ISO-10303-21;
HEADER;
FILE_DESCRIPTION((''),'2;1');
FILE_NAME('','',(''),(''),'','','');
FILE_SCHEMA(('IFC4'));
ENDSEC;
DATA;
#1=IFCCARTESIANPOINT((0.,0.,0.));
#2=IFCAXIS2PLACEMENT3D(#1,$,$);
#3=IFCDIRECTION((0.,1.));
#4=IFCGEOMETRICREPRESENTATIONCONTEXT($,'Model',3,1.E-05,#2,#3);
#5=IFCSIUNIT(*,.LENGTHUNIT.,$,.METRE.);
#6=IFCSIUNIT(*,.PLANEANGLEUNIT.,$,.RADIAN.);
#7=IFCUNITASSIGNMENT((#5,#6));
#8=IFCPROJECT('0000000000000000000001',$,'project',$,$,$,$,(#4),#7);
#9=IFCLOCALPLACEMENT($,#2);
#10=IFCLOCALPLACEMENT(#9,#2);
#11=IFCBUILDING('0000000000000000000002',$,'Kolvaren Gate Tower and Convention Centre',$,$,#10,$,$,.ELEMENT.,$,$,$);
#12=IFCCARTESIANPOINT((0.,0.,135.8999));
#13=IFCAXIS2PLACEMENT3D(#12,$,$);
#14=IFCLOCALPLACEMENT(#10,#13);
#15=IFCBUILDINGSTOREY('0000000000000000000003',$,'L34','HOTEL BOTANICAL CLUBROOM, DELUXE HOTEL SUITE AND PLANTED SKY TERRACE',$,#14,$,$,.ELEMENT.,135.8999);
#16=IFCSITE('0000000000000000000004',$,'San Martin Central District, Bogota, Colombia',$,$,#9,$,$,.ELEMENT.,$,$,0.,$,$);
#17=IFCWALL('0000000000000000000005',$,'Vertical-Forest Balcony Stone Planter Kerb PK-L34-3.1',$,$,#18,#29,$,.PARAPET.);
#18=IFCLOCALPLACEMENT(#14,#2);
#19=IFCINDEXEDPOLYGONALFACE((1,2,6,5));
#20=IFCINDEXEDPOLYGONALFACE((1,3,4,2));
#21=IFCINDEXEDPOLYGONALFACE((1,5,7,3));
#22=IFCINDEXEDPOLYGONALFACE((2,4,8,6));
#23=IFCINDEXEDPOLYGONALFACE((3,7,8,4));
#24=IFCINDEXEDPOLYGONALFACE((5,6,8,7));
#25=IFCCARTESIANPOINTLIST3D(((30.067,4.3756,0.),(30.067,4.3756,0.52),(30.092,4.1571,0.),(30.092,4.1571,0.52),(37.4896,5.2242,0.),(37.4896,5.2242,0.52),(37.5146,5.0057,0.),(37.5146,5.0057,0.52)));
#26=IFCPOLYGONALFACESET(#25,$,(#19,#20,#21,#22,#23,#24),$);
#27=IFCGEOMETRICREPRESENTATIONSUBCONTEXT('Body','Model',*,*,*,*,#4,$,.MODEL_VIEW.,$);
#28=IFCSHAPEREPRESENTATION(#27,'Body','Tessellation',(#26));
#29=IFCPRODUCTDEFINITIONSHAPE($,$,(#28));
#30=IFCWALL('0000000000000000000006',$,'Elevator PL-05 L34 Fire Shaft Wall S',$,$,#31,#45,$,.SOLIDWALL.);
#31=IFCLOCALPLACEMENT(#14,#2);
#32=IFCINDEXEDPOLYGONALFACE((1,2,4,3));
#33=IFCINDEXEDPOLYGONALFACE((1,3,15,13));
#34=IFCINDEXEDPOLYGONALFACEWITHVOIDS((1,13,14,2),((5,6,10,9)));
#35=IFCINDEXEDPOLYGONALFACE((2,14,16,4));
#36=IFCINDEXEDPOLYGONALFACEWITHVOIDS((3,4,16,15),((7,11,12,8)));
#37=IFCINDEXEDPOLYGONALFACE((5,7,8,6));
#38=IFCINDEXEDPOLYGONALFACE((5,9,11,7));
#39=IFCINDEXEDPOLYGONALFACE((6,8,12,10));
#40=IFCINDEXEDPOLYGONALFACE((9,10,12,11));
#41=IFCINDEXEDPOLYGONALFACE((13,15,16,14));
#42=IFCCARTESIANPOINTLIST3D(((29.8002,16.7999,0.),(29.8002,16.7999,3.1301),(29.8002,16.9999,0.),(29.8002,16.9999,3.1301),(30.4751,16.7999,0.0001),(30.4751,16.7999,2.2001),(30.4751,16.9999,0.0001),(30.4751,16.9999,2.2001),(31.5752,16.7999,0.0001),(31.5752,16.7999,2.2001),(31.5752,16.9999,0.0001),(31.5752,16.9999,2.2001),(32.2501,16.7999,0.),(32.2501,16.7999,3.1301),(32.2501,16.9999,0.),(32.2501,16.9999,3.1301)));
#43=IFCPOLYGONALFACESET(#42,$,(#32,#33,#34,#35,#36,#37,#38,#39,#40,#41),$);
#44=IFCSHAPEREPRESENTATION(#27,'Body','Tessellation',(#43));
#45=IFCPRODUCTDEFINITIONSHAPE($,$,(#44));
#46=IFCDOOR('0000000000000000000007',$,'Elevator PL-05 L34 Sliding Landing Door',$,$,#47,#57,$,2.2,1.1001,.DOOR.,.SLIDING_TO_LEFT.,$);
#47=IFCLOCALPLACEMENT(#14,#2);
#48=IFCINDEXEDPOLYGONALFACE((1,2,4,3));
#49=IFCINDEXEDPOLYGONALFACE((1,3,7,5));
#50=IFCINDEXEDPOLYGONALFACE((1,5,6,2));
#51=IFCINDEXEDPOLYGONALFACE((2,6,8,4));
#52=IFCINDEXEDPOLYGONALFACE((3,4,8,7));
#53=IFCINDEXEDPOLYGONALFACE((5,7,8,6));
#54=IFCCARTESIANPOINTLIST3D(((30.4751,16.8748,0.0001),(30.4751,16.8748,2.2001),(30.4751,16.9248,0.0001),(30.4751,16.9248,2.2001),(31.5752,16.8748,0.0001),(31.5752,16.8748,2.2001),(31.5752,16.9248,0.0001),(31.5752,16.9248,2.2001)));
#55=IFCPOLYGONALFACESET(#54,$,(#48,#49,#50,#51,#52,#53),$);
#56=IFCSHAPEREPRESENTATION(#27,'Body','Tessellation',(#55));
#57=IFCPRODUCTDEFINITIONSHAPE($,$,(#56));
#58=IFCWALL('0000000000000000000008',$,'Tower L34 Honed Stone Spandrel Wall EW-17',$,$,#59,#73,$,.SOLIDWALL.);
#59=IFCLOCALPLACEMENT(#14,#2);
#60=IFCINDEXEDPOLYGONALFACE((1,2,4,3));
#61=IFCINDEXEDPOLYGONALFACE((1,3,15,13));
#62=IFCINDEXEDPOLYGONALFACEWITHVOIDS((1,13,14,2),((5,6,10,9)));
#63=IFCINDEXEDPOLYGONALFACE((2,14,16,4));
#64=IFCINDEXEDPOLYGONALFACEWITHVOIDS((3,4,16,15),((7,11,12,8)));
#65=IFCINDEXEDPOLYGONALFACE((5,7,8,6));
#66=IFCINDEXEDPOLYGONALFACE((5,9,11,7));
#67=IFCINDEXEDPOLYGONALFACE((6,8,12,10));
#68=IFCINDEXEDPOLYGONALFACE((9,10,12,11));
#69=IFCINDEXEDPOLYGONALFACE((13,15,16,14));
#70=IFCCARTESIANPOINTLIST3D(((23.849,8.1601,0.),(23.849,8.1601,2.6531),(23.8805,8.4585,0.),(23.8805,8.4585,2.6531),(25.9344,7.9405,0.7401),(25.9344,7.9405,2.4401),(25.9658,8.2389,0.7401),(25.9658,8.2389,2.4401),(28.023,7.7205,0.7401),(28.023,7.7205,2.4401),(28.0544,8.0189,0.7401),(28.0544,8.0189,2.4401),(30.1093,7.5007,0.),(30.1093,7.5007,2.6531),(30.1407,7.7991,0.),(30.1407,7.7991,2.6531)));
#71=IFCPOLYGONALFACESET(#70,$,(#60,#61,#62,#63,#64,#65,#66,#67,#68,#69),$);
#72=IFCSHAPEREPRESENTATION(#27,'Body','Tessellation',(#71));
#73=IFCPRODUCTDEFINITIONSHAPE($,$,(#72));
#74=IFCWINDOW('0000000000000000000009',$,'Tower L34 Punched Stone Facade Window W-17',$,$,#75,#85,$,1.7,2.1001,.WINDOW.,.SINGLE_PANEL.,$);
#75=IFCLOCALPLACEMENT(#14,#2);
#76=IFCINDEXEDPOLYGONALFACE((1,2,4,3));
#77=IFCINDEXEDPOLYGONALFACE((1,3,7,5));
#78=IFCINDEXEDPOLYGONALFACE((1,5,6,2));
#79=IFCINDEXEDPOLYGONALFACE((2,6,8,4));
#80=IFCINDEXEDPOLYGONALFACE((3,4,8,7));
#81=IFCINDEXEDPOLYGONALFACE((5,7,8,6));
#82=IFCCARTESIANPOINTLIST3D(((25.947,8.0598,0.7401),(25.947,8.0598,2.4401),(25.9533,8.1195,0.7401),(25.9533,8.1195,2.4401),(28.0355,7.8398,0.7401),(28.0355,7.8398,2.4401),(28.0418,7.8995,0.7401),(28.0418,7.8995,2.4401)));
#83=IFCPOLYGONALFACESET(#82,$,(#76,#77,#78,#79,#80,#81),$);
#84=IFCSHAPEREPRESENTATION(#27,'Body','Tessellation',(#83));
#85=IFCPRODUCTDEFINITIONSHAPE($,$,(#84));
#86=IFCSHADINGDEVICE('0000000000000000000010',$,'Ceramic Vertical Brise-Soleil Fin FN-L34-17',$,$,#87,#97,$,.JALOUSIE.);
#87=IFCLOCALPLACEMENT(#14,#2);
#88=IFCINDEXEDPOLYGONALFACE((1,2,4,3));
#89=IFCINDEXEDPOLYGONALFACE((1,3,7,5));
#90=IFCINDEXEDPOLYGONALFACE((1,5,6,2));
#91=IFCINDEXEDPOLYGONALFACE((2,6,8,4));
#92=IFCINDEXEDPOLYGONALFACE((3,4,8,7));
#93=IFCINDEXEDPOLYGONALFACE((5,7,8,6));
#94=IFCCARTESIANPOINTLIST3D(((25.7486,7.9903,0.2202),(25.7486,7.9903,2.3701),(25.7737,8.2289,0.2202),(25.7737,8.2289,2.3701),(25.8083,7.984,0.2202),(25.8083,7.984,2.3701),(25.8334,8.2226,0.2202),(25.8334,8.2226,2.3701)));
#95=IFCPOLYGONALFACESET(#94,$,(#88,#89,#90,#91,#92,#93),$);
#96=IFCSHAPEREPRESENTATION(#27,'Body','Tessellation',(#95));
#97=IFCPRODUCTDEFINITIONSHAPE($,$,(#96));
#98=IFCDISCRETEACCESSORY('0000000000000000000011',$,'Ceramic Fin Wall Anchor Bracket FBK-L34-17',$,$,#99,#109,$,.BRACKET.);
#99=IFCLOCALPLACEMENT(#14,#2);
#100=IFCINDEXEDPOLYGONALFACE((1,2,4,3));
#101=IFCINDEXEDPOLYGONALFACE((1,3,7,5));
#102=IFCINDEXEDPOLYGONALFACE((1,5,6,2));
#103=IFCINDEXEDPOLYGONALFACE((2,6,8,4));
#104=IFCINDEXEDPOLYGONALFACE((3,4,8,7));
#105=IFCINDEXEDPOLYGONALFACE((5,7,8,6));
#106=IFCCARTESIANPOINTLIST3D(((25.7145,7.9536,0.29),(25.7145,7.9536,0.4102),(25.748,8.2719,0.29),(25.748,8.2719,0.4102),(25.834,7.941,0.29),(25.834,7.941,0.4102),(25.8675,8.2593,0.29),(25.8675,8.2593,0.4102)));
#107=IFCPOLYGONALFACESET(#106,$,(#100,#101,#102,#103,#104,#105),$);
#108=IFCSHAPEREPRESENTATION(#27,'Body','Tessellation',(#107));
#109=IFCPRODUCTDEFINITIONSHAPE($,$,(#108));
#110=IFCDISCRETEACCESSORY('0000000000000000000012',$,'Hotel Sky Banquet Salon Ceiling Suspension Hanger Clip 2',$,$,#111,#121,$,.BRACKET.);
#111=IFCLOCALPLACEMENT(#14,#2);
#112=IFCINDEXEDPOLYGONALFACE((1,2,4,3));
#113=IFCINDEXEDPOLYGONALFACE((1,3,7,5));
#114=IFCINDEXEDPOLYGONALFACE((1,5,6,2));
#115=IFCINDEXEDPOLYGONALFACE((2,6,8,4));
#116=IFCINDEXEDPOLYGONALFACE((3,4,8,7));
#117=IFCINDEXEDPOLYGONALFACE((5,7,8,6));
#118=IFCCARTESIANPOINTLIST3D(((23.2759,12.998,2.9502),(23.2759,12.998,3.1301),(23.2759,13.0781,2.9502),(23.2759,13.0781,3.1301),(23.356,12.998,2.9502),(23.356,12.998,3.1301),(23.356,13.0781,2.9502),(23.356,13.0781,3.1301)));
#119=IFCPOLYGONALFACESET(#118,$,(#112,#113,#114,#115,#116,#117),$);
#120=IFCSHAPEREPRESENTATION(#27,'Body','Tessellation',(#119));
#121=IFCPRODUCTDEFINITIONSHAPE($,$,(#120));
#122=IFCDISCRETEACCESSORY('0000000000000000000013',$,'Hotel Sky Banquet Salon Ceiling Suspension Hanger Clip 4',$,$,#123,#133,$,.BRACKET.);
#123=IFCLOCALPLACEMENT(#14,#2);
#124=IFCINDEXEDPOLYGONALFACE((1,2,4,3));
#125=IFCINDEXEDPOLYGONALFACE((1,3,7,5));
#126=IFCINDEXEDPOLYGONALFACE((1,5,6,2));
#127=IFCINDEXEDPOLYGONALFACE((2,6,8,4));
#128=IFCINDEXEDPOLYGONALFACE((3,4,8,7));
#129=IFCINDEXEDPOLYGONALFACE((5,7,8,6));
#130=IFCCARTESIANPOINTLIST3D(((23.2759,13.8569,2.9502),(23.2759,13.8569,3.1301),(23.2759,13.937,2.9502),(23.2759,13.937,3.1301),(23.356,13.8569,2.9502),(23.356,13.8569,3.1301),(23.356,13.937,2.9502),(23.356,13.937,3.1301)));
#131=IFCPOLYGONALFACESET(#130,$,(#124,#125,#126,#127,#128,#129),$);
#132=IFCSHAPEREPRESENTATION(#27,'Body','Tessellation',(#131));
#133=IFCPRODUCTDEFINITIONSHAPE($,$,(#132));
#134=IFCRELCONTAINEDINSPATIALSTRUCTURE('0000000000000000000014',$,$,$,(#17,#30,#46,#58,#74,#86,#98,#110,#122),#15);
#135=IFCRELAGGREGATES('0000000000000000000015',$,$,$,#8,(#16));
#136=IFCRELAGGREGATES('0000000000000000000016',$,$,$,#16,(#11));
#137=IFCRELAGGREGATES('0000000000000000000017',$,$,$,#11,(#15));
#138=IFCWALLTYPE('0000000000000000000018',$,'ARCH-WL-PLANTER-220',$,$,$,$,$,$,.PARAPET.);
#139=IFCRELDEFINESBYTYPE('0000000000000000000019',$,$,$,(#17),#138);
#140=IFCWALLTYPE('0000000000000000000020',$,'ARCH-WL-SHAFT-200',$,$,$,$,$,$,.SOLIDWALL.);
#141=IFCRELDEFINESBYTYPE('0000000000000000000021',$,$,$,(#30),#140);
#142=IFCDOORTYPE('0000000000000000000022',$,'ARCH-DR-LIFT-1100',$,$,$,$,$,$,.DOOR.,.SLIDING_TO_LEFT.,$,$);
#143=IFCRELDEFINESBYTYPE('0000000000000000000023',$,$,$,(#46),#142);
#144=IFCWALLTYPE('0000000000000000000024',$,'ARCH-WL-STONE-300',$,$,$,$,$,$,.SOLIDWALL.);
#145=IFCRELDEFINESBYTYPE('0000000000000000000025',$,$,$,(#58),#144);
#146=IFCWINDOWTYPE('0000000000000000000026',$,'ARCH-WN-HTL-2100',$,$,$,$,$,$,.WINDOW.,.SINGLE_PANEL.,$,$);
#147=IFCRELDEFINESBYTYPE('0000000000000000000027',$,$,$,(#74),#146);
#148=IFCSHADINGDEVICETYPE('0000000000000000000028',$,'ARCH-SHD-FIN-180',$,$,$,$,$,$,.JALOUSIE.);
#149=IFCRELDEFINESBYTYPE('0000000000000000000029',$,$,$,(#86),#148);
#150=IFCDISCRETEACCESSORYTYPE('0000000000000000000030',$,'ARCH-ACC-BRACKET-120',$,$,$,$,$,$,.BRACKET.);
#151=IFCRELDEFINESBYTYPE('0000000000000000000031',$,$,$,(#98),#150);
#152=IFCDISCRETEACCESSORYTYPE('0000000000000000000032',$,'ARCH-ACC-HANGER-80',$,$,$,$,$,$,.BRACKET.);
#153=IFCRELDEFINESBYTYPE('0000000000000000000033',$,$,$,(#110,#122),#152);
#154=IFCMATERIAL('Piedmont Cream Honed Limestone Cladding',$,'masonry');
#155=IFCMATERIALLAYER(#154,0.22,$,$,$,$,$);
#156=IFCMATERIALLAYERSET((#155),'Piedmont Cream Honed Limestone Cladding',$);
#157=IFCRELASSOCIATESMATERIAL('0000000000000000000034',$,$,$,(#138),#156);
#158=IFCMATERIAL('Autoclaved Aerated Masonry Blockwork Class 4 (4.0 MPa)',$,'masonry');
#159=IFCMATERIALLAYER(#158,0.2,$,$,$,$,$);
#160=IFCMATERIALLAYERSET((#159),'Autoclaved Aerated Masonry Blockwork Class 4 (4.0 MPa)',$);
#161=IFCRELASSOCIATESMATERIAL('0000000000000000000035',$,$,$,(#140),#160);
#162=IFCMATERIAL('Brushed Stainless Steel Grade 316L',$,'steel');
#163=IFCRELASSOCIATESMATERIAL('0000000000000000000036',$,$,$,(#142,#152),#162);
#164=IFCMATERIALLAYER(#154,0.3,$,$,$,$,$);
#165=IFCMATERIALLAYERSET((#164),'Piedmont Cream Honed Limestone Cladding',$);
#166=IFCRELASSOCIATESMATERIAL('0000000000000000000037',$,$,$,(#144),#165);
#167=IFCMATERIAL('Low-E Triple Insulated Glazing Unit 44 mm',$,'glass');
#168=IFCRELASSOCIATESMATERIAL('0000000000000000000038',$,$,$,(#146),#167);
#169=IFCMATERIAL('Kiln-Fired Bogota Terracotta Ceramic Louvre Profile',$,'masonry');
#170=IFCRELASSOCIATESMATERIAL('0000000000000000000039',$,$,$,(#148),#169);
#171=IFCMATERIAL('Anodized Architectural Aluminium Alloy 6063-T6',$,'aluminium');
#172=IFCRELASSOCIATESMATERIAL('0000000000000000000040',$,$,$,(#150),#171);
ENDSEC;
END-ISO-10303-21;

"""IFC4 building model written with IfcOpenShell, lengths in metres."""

from ifc_helpers import new_model, si_unit, direction, frame, frame_2d, origin, origin_2d, place, context, subcontext, project, spatial, rectangle, extrude, material, layer, layer_set, type_object, element, fill, save


model = new_model("IFC4")

# Units and contexts
model_context = context("Model", 3, precision=1e-05, world=origin(), true_north=direction((0.0, 1.0)))
body_context = subcontext(model_context, "Body", "Model", "MODEL_VIEW")
ifc_project = project(units=[si_unit("LENGTHUNIT", "METRE"), si_unit("PLANEANGLEUNIT", "RADIAN")], contexts=[model_context])

# Site, building, storey
site_placement = place(None, origin())
site = spatial("IfcSite", under=ifc_project, at=site_placement, Name="San Martin Central District, Bogota, Colombia", CompositionType="ELEMENT", RefElevation=0.0)
building_placement = place(site_placement, origin())
building = spatial("IfcBuilding", under=site, at=building_placement, Name="Kolvaren Gate Tower and Convention Centre", CompositionType="ELEMENT")
storey_placement = place(building_placement, frame((0.0, 0.0, 135.8999)))
storey = spatial("IfcBuildingStorey", under=building, at=storey_placement, Name="L34", Description="HOTEL BOTANICAL CLUBROOM, DELUXE HOTEL SUITE AND PLANTED SKY TERRACE", CompositionType="ELEMENT", Elevation=135.8999)

# Wall
ifc_material_1 = material(Name="Piedmont Cream Honed Limestone Cladding", Category="masonry")
ifc_layer_1 = layer(ifc_material_1, 0.22)
ifc_layer_set_1 = layer_set([ifc_layer_1], Name="Piedmont Cream Honed Limestone Cladding")
wall_type_1 = type_object("IfcWallType", Name="ARCH-WL-PLANTER-220", PredefinedType="PARAPET", material=ifc_layer_set_1)
wall_1_placement = place(storey_placement, frame((30.0796, 4.2664, 0.0), z_axis=(0.0, 0.0, 1.0), x_axis=(0.993528, 0.113591, 0.0)))
element("IfcWall", 1, at=wall_1_placement, inside=storey, type_object=wall_type_1, Name="Vertical-Forest Balcony Stone Planter Kerb PK-L34-3.1", PredefinedType="PARAPET", context=body_context, shape_type="SweptSolid", body=[
    extrude(rectangle(XDim=7.4709, YDim=0.22, at=frame_2d((3.7354, 0.0))), origin(), (0.0, 0.0, 1.0), 0.52),
])

# Wall, opening, door
ifc_material_2 = material(Name="Autoclaved Aerated Masonry Blockwork Class 4 (4.0 MPa)", Category="masonry")
ifc_layer_2 = layer(ifc_material_2, 0.2)
ifc_layer_set_2 = layer_set([ifc_layer_2], Name="Autoclaved Aerated Masonry Blockwork Class 4 (4.0 MPa)")
wall_type_2 = type_object("IfcWallType", Name="ARCH-WL-SHAFT-200", PredefinedType="SOLIDWALL", material=ifc_layer_set_2)
wall_2_placement = place(storey_placement, frame((29.8, 16.8999, 0.0), z_axis=(0.0, 0.0, 1.0), x_axis=(1.0, 0.0, 0.0)))
wall_2 = element("IfcWall", 2, at=wall_2_placement, inside=storey, type_object=wall_type_2, Name="Elevator PL-05 L34 Fire Shaft Wall S", PredefinedType="SOLIDWALL", context=body_context, shape_type="SweptSolid", body=[
    extrude(rectangle(XDim=2.45, YDim=0.2, at=frame_2d((1.2251, 0.0))), origin(), (0.0, 0.0, 1.0), 3.1301),
])
opening_1_placement = place(wall_2_placement, frame((0.675, 0.0, 0.0)))
opening_1 = element("IfcOpeningElement", 3, at=opening_1_placement, cuts=wall_2, PredefinedType="OPENING", context=body_context, shape_type="SweptSolid", body=[
    extrude(rectangle(XDim=1.1001, YDim=2.2, at=frame_2d((0.55, 1.1001))), frame((0.0, 0.1099, 0.0), z_axis=(0.0, -1.0, 0.0), x_axis=(1.0, 0.0, 0.0)), (0.0, 0.0, 1.0), 0.22),
])
ifc_material_3 = material(Name="Brushed Stainless Steel Grade 316L", Category="steel")
door_type_1 = type_object("IfcDoorType", Name="ARCH-DR-LIFT-1100", OperationType="SLIDING_TO_LEFT", PredefinedType="DOOR", material=ifc_material_3)
door_1_placement = place(opening_1_placement, origin())
door_1 = element("IfcDoor", 4, at=door_1_placement, inside=storey, type_object=door_type_1, Name="Elevator PL-05 L34 Sliding Landing Door", OperationType="SLIDING_TO_LEFT", OverallHeight=2.2, OverallWidth=1.1001, PredefinedType="DOOR", context=body_context, shape_type="SweptSolid", body=[
    extrude(rectangle(XDim=1.1001, YDim=2.2, at=frame_2d((0.55, 1.1001))), frame((0.0, 0.0249, 0.0), z_axis=(0.0, -1.0, 0.0), x_axis=(1.0, 0.0, 0.0)), (0.0, 0.0, 1.0), 0.05),
])
fill(opening_1, door_1)

# Wall, opening, window
ifc_layer_3 = layer(ifc_material_1, 0.3)
ifc_layer_set_3 = layer_set([ifc_layer_3], Name="Piedmont Cream Honed Limestone Cladding")
wall_type_3 = type_object("IfcWallType", Name="ARCH-WL-STONE-300", PredefinedType="SOLIDWALL", material=ifc_layer_set_3)
wall_3_placement = place(storey_placement, frame((23.8647, 8.3093, 0.0), z_axis=(0.0, 0.0, 1.0), x_axis=(0.994498, -0.104755, 0.0)))
wall_3 = element("IfcWall", 5, at=wall_3_placement, inside=storey, type_object=wall_type_3, Name="Tower L34 Honed Stone Spandrel Wall EW-17", PredefinedType="SOLIDWALL", context=body_context, shape_type="SweptSolid", body=[
    extrude(rectangle(XDim=6.2949, YDim=0.3, at=frame_2d((3.1475, 0.0))), origin(), (0.0, 0.0, 1.0), 2.6531),
])
opening_2_placement = place(wall_3_placement, frame((2.0969, 0.0, 0.74)))
opening_2 = element("IfcOpeningElement", 6, at=opening_2_placement, cuts=wall_3, PredefinedType="OPENING", context=body_context, shape_type="SweptSolid", body=[
    extrude(rectangle(XDim=2.1001, YDim=1.7, at=frame_2d((1.05, 0.8501))), frame((0.0, 0.1599, 0.0), z_axis=(0.0, -1.0, 0.0), x_axis=(1.0, 0.0, 0.0)), (0.0, 0.0, 1.0), 0.3201),
])
ifc_material_4 = material(Name="Low-E Triple Insulated Glazing Unit 44 mm", Category="glass")
window_type = type_object("IfcWindowType", Name="ARCH-WN-HTL-2100", PartitioningType="SINGLE_PANEL", PredefinedType="WINDOW", material=ifc_material_4)
window_placement = place(opening_2_placement, origin())
window = element("IfcWindow", 7, at=window_placement, inside=storey, type_object=window_type, Name="Tower L34 Punched Stone Facade Window W-17", OverallHeight=1.7, OverallWidth=2.1001, PartitioningType="SINGLE_PANEL", PredefinedType="WINDOW", context=body_context, shape_type="SweptSolid", body=[
    extrude(rectangle(XDim=2.1001, YDim=1.7, at=frame_2d((1.05, 0.8501))), frame((0.0, 0.03, 0.0), z_axis=(0.0, -1.0, 0.0), x_axis=(1.0, 0.0, 0.0)), (0.0, 0.0, 1.0), 0.0601),
])
fill(opening_2, window)

# Shading device
ifc_material_5 = material(Name="Kiln-Fired Bogota Terracotta Ceramic Louvre Profile", Category="masonry")
shading_device_type = type_object("IfcShadingDeviceType", Name="ARCH-SHD-FIN-180", PredefinedType="JALOUSIE", material=ifc_material_5)
shading_device_placement = place(storey_placement, frame((25.791, 8.1064, 0.2202), z_axis=(0.0, 0.0, 1.0), x_axis=(0.9945, -0.104737, 0.0)))
element("IfcShadingDevice", 8, at=shading_device_placement, inside=storey, type_object=shading_device_type, Name="Ceramic Vertical Brise-Soleil Fin FN-L34-17", PredefinedType="JALOUSIE", context=body_context, shape_type="SweptSolid", body=[
    extrude(rectangle(XDim=0.0601, YDim=0.24, at=origin_2d()), origin(), (0.0, 0.0, 1.0), 2.1499),
])

# Discrete accessories
ifc_material_6 = material(Name="Anodized Architectural Aluminium Alloy 6063-T6", Category="aluminium")
discrete_accessory_type_1 = type_object("IfcDiscreteAccessoryType", Name="ARCH-ACC-BRACKET-120", PredefinedType="BRACKET", material=ifc_material_6)
discrete_accessory_placement = place(storey_placement, frame((25.791, 8.1064, 0.29), z_axis=(0.0, 0.0, 1.0), x_axis=(0.9945, -0.104737, 0.0)))
element("IfcDiscreteAccessory", 9, at=discrete_accessory_placement, inside=storey, type_object=discrete_accessory_type_1, Name="Ceramic Fin Wall Anchor Bracket FBK-L34-17", PredefinedType="BRACKET", context=body_context, shape_type="SweptSolid", body=[
    extrude(rectangle(XDim=0.1201, YDim=0.3201, at=origin_2d()), origin(), (0.0, 0.0, 1.0), 0.1201),
])
discrete_accessory_type_2 = type_object("IfcDiscreteAccessoryType", Name="ARCH-ACC-HANGER-80", PredefinedType="BRACKET", material=ifc_material_3)
for number, where, z_axis, x_axis, name in (
    (10, (23.3159, 13.0381, 2.9502), (0.0, 0.0, 1.0), (1.0, 0.0, 0.0), "Hotel Sky Banquet Salon Ceiling Suspension Hanger Clip 2"),
    (11, (23.3159, 13.897, 2.9502), (0.0, 0.0, 1.0), (1.0, 0.0, 0.0), "Hotel Sky Banquet Salon Ceiling Suspension Hanger Clip 4"),
):
    element("IfcDiscreteAccessory", number, at=place(storey_placement, frame(where, z_axis=z_axis, x_axis=x_axis)), inside=storey, type_object=discrete_accessory_type_2, Name=name, PredefinedType="BRACKET", context=body_context, shape_type="SweptSolid", body=[
        extrude(rectangle(XDim=0.0801, YDim=0.0801, at=origin_2d()), origin(), (0.0, 0.0, 1.0), 0.1799),
    ])

save(model, "model.ifc")
